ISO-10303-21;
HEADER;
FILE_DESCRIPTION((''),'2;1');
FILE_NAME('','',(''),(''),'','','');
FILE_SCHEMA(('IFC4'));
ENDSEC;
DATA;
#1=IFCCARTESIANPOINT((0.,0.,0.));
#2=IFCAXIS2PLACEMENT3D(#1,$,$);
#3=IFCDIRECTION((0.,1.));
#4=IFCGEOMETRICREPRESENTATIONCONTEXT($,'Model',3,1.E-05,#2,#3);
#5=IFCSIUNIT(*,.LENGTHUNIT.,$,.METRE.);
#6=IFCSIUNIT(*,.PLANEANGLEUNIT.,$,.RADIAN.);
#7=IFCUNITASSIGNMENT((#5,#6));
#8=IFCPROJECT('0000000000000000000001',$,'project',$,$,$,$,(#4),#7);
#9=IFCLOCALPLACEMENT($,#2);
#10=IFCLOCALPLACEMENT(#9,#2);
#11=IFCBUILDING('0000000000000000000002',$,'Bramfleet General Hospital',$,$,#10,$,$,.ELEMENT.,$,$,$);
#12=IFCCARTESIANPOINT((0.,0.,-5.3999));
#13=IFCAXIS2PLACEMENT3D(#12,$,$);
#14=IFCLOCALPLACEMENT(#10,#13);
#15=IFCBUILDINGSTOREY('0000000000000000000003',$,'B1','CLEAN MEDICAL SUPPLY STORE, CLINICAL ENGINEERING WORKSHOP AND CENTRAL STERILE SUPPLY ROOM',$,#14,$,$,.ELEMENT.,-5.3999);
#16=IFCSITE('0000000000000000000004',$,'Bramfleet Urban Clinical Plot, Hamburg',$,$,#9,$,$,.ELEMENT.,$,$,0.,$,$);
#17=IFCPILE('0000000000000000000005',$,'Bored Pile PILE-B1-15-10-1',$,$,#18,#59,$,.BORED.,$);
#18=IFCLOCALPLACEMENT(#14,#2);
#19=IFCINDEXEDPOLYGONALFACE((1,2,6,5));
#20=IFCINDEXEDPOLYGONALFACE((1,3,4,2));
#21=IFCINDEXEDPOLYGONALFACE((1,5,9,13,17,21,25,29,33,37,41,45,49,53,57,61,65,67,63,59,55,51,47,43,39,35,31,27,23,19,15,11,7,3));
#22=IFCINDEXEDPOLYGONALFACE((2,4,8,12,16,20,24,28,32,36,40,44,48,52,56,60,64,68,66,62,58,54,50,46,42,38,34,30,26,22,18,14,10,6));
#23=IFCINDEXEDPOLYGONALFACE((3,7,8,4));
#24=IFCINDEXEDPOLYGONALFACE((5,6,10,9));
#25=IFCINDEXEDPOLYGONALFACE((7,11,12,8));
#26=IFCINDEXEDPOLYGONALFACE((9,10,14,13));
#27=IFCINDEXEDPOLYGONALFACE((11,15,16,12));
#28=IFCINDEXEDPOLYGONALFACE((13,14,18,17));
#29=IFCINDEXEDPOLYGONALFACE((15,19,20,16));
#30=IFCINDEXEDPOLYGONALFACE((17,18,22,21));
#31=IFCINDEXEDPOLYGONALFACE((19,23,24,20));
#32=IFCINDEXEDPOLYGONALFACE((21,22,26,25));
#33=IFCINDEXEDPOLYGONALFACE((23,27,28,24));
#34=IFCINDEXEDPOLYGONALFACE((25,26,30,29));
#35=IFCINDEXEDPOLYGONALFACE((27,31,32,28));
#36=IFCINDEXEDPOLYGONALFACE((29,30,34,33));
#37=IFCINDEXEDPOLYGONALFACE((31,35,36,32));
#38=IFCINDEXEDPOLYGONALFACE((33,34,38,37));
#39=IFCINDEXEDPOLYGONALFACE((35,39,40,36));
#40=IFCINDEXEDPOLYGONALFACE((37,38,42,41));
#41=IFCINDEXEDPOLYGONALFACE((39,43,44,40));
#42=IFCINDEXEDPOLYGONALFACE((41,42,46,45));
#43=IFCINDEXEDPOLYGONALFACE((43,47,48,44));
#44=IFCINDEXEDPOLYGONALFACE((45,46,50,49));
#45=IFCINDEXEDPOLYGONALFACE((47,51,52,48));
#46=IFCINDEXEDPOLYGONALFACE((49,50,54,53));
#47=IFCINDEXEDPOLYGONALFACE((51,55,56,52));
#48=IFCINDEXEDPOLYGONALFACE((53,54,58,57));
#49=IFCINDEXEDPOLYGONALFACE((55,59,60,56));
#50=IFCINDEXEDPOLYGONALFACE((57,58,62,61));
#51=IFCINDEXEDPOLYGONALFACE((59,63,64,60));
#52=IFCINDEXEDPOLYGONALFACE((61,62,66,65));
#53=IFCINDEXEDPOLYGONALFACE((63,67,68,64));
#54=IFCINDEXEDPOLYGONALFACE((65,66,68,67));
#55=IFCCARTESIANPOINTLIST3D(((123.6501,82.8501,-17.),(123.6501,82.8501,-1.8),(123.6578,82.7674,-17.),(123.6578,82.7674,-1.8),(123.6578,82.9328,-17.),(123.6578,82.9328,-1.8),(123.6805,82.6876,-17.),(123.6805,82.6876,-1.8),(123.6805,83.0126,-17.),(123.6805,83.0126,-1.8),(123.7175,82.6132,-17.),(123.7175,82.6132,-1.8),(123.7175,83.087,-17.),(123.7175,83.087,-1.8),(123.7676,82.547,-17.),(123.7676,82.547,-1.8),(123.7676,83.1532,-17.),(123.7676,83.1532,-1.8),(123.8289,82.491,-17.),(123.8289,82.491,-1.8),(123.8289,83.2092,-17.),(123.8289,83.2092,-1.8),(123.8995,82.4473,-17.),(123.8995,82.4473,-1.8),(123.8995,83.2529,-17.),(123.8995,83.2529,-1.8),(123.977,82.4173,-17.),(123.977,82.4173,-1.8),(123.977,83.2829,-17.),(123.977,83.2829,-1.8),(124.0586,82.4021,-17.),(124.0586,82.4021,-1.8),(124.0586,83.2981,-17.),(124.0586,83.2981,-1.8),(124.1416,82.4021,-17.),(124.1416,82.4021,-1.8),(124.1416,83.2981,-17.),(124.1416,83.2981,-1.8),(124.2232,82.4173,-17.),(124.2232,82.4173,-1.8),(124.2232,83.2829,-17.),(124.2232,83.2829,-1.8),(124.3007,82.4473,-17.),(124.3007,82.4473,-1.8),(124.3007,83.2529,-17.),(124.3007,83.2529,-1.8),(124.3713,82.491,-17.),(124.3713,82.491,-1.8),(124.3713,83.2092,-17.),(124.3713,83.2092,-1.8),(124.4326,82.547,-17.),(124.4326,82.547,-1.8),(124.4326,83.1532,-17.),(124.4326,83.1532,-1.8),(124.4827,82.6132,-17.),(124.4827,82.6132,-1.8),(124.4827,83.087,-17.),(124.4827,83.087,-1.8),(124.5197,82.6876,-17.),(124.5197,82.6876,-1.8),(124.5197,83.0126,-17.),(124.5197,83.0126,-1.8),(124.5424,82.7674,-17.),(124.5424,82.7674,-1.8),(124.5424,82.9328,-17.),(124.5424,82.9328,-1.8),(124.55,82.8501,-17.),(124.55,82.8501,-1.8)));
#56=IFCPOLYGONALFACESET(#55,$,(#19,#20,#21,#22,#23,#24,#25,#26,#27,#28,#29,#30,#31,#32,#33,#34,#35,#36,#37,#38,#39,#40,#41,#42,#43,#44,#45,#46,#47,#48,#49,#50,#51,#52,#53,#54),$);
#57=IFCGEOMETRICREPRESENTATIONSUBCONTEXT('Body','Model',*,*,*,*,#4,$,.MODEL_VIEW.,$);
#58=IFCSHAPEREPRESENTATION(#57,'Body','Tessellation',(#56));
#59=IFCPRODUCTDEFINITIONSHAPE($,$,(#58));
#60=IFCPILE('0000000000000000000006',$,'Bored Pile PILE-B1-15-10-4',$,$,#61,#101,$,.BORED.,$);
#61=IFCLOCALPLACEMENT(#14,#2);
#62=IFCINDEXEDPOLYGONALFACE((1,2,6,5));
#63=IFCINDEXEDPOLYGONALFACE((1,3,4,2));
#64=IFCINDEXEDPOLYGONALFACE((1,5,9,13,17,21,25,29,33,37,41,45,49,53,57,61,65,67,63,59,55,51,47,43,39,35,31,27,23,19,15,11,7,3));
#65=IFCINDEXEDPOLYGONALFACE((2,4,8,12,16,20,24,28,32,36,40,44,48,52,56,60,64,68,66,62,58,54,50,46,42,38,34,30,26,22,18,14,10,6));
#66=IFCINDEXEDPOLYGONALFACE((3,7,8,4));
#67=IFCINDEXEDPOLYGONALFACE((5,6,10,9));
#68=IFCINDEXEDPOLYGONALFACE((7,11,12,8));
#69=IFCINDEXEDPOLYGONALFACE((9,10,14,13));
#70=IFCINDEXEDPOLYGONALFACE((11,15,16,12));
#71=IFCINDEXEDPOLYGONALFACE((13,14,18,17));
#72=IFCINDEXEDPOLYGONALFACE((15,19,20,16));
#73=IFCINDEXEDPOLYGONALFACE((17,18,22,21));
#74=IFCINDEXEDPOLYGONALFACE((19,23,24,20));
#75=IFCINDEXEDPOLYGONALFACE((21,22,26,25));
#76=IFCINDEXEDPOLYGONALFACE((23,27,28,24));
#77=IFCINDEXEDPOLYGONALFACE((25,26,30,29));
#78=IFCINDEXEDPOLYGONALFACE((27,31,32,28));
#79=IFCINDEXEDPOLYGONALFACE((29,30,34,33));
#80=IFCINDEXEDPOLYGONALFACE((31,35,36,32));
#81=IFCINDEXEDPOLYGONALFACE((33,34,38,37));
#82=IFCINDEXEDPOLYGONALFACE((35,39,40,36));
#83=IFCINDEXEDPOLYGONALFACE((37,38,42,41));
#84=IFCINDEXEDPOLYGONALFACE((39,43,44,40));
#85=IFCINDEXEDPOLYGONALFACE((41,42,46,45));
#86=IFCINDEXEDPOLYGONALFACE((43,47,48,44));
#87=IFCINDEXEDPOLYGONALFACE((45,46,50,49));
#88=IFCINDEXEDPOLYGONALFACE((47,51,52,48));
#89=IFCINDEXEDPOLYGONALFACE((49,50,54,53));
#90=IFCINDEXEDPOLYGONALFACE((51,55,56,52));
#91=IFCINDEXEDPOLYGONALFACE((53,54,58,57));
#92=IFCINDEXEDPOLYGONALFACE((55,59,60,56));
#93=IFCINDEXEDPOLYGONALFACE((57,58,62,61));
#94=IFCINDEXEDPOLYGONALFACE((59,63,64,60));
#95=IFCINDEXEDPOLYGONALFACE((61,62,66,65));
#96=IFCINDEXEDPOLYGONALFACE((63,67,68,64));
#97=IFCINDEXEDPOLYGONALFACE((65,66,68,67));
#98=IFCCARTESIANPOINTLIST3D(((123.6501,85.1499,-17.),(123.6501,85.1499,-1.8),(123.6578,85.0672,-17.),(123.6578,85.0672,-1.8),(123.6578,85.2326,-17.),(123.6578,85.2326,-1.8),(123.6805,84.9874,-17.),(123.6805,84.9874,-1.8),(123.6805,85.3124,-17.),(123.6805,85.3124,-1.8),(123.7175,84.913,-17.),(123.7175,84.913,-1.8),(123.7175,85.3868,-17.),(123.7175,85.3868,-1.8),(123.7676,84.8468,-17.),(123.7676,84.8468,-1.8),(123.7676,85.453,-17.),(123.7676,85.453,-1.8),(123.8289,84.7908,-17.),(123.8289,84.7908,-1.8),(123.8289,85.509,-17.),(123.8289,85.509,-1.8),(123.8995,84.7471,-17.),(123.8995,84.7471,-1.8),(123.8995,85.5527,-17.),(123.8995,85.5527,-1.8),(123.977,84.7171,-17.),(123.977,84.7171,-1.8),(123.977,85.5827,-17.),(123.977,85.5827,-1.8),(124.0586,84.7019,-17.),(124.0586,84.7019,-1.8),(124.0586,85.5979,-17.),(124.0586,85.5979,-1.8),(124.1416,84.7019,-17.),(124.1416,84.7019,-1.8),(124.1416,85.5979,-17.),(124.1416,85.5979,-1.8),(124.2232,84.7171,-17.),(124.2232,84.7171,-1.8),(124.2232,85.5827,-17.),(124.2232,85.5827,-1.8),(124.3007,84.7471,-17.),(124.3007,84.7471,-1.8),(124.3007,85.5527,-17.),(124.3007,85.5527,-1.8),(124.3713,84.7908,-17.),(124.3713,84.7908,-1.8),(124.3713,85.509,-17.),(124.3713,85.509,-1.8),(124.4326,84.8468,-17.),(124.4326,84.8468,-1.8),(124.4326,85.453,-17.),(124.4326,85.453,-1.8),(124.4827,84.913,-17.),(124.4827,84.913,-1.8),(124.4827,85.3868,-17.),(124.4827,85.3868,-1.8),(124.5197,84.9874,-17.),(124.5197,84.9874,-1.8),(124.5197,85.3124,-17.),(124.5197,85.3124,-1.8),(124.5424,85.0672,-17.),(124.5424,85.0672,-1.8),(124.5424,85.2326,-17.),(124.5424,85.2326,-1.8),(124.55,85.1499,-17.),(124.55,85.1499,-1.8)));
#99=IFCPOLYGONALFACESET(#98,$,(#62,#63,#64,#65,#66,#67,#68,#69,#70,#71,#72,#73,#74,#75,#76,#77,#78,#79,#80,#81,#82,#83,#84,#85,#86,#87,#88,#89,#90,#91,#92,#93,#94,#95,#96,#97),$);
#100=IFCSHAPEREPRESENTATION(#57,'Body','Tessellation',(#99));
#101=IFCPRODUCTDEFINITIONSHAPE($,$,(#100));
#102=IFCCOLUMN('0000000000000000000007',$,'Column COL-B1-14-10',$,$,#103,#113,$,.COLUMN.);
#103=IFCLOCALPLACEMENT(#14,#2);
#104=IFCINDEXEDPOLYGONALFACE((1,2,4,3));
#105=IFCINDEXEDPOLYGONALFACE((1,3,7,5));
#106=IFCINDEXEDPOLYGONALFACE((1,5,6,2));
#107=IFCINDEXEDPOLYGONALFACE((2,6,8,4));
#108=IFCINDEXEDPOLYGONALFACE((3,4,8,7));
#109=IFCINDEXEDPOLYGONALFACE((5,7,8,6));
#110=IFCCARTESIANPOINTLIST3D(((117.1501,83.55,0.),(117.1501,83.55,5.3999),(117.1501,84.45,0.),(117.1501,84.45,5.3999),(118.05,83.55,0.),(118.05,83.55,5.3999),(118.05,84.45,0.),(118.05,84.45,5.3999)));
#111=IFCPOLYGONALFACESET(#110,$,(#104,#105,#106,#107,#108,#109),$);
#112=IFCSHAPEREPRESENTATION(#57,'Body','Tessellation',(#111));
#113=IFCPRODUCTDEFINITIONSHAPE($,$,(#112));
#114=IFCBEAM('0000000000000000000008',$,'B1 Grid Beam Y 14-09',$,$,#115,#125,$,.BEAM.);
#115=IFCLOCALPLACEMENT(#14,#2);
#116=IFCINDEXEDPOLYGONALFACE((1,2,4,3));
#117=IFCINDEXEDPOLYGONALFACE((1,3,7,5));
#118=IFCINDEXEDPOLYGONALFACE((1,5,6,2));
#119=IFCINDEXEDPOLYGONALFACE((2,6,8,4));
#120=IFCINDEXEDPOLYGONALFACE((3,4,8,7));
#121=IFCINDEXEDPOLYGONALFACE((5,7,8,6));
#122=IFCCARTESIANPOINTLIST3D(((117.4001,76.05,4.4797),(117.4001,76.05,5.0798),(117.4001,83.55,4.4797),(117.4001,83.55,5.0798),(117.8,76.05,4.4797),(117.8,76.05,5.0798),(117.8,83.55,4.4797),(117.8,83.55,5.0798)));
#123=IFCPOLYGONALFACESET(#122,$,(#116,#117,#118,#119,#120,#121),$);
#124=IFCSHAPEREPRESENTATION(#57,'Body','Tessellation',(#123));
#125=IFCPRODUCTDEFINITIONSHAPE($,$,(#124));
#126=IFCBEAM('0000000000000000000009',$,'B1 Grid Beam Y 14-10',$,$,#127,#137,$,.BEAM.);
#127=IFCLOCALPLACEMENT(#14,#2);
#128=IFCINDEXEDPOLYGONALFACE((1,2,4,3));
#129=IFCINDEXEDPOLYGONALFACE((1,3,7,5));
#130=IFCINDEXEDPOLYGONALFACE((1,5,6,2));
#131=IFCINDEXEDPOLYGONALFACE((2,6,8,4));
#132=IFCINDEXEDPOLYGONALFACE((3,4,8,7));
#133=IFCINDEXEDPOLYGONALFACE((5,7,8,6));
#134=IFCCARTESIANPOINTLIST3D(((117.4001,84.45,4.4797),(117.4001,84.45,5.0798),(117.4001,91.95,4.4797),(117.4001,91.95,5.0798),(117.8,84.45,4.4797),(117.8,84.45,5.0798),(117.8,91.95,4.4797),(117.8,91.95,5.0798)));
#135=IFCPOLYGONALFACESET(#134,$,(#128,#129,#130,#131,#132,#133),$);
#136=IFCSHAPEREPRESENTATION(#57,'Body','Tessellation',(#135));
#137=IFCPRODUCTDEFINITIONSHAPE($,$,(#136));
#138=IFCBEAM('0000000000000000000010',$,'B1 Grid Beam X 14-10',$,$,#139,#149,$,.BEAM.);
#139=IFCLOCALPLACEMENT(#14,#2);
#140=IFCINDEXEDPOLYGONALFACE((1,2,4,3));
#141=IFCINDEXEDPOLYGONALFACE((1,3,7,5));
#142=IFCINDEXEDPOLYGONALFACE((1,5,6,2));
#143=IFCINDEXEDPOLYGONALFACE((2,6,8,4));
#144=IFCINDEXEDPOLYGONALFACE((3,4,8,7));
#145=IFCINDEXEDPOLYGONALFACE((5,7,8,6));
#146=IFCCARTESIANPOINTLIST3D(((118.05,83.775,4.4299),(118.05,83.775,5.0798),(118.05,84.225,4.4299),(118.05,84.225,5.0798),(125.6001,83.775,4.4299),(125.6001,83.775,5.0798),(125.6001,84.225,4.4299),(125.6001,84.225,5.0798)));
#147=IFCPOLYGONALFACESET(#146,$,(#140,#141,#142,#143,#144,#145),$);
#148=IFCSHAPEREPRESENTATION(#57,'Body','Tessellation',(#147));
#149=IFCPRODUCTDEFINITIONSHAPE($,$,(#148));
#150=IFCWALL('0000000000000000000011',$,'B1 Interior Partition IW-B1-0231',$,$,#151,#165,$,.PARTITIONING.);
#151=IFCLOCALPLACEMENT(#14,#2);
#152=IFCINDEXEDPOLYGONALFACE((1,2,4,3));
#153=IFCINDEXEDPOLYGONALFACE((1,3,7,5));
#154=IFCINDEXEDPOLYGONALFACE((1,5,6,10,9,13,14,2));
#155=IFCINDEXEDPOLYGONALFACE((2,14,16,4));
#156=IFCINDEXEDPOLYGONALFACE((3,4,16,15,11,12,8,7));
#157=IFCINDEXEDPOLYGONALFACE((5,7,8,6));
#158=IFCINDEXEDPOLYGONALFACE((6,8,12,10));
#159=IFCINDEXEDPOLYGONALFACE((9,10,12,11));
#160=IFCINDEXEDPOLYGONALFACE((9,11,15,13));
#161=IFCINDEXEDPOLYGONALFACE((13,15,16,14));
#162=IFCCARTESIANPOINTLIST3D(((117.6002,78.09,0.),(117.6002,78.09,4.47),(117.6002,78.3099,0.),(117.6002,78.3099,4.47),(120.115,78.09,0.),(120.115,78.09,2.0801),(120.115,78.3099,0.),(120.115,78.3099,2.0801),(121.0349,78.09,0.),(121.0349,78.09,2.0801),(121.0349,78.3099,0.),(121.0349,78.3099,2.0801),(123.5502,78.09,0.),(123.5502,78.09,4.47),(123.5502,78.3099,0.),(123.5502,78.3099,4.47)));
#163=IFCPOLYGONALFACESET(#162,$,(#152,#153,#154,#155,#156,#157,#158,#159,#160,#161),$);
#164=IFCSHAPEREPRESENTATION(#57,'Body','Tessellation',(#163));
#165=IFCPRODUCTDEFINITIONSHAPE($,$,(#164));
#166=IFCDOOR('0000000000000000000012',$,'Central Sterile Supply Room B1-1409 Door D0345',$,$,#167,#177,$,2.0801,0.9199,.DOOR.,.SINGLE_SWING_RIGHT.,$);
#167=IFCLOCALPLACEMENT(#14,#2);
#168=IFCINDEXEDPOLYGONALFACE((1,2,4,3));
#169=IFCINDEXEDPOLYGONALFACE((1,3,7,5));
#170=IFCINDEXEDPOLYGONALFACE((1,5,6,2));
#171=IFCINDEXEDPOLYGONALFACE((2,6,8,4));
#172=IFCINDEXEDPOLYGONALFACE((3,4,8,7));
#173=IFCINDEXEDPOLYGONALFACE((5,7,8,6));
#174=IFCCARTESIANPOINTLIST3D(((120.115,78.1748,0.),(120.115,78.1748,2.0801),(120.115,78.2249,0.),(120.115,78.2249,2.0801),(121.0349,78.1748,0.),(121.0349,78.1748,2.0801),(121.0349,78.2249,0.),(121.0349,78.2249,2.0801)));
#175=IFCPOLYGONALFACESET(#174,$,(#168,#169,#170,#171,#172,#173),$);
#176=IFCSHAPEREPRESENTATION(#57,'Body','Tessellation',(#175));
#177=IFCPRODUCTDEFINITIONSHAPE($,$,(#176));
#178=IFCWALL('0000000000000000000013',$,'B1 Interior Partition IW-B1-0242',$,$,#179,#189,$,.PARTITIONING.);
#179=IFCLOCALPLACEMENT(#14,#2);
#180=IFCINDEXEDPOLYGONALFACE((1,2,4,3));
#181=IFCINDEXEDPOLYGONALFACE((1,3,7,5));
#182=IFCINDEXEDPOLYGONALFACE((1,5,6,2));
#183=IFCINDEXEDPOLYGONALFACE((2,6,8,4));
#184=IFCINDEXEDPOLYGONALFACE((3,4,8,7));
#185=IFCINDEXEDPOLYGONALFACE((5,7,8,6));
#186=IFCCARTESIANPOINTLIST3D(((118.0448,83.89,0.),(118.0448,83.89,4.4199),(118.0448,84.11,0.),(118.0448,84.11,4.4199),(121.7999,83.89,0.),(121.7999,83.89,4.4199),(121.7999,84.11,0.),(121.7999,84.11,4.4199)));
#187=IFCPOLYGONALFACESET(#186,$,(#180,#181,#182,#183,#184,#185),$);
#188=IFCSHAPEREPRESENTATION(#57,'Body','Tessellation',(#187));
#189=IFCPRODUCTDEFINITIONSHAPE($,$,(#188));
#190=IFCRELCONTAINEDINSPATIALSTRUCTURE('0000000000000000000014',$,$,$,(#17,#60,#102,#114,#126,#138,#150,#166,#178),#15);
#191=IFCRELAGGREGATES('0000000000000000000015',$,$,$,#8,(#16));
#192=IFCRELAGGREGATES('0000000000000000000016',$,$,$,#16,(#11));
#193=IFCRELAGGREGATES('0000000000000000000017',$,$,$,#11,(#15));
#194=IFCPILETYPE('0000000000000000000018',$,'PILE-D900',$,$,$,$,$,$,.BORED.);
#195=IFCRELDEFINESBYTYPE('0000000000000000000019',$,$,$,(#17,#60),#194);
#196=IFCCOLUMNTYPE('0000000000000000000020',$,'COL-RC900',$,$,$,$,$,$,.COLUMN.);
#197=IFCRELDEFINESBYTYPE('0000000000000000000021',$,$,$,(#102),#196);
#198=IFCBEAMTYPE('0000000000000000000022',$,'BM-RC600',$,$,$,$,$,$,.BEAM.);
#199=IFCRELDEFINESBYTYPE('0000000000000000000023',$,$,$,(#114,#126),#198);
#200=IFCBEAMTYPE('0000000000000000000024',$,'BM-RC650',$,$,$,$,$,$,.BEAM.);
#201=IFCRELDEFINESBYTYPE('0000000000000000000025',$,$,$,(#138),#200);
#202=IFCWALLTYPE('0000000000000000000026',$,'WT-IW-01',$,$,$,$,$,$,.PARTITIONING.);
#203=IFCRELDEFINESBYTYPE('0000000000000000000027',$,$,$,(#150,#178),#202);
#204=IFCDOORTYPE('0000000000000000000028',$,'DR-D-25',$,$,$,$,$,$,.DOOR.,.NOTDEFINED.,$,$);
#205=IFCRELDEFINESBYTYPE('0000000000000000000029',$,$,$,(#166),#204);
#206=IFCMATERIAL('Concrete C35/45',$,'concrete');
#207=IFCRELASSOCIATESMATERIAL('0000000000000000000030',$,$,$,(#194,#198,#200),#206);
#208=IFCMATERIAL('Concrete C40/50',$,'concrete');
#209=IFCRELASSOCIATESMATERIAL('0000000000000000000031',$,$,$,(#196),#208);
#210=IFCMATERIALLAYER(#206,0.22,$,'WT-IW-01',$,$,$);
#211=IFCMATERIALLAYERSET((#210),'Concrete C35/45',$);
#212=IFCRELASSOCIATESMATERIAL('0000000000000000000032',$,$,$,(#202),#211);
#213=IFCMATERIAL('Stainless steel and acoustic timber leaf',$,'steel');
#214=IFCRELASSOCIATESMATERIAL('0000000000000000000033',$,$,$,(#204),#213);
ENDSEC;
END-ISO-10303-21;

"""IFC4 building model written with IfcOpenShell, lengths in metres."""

from ifc_helpers import new_model, si_unit, direction, frame, frame_2d, origin, origin_2d, place, context, subcontext, project, spatial, rectangle, circle, extrude, material, layer, layer_set, material_profile, profile_set, type_object, element, fill, save


model = new_model("IFC4")

# Units and contexts
model_context = context("Model", 3, precision=1e-05, world=origin(), true_north=direction((0.0, 1.0)))
body_context = subcontext(model_context, "Body", "Model", "MODEL_VIEW")
ifc_project = project(units=[si_unit("LENGTHUNIT", "METRE"), si_unit("PLANEANGLEUNIT", "RADIAN")], contexts=[model_context])

# Site, building, storey
site_placement = place(None, origin())
site = spatial("IfcSite", under=ifc_project, at=site_placement, Name="Bramfleet Urban Clinical Plot, Hamburg", CompositionType="ELEMENT", RefElevation=0.0)
building_placement = place(site_placement, origin())
building = spatial("IfcBuilding", under=site, at=building_placement, Name="Bramfleet General Hospital", CompositionType="ELEMENT")
storey_placement = place(building_placement, frame((0.0, 0.0, -5.3999)))
storey = spatial("IfcBuildingStorey", under=building, at=storey_placement, Name="B1", Description="CLEAN MEDICAL SUPPLY STORE, CLINICAL ENGINEERING WORKSHOP AND CENTRAL STERILE SUPPLY ROOM", CompositionType="ELEMENT", Elevation=-5.3999)

# Shared definitions
ifc_material_1 = material(Name="Concrete C35/45", Category="concrete")

# Piles
ifc_material_profile_1 = material_profile(ifc_material_1, circle(Radius=0.45, at=origin_2d()), Name="PILE BORED D900")
ifc_profile_set_1 = profile_set([ifc_material_profile_1], Name="Concrete C35/45")
pile_type_1 = type_object("IfcPileType", Name="PILE-D900", PredefinedType="BORED", material=ifc_profile_set_1)
for number, where, z_axis, x_axis, name in (
    (1, (124.1001, 82.8501, -1.8), (0.0, 0.0, -1.0), (1.0, 0.0, 0.0), "Bored Pile PILE-B1-15-10-1"),
    (2, (124.1001, 85.1499, -1.8), (0.0, 0.0, -1.0), (1.0, 0.0, 0.0), "Bored Pile PILE-B1-15-10-4"),
):
    element("IfcPile", number, at=place(storey_placement, frame(where, z_axis=z_axis, x_axis=x_axis)), inside=storey, type_object=pile_type_1, Name=name, PredefinedType="BORED", context=body_context, shape_type="SweptSolid", body=[
        extrude(circle(Radius=0.45, at=origin_2d()), origin(), (0.0, 0.0, 1.0), 15.2),
    ])

# Column
ifc_material_2 = material(Name="Concrete C40/50", Category="concrete")
ifc_material_profile_2 = material_profile(ifc_material_2, rectangle(XDim=0.8999, YDim=0.8999, at=origin_2d()), Name="RC COL 900x900")
ifc_profile_set_2 = profile_set([ifc_material_profile_2], Name="Concrete C40/50")
column_type = type_object("IfcColumnType", Name="COL-RC900", PredefinedType="COLUMN", material=ifc_profile_set_2)
column_placement = place(storey_placement, frame((117.6001, 84.0, 0.0), z_axis=(0.0, 0.0, 1.0), x_axis=(1.0, 0.0, 0.0)))
element("IfcColumn", 3, at=column_placement, inside=storey, type_object=column_type, Name="Column COL-B1-14-10", PredefinedType="COLUMN", context=body_context, shape_type="SweptSolid", body=[
    extrude(rectangle(XDim=0.8999, YDim=0.8999, at=origin_2d()), origin(), (0.0, 0.0, 1.0), 5.3999),
])

# Beams
ifc_material_profile_3 = material_profile(ifc_material_1, rectangle(XDim=0.3999, YDim=0.6001, at=origin_2d()), Name="RC BM 600x400")
ifc_profile_set_3 = profile_set([ifc_material_profile_3], Name="Concrete C35/45")
beam_type_1 = type_object("IfcBeamType", Name="BM-RC600", PredefinedType="BEAM", material=ifc_profile_set_3)
for number, where, z_axis, x_axis, name in (
    (4, (117.6001, 76.05, 4.7798), (0.0, 1.0, 0.0), (-1.0, 0.0, 0.0), "B1 Grid Beam Y 14-09"),
    (5, (117.6001, 84.45, 4.7798), (0.0, 1.0, 0.0), (-1.0, 0.0, 0.0), "B1 Grid Beam Y 14-10"),
):
    element("IfcBeam", number, at=place(storey_placement, frame(where, z_axis=z_axis, x_axis=x_axis)), inside=storey, type_object=beam_type_1, Name=name, PredefinedType="BEAM", context=body_context, shape_type="SweptSolid", body=[
        extrude(rectangle(XDim=0.3999, YDim=0.6001, at=origin_2d()), origin(), (0.0, 0.0, 1.0), 7.5),
    ])
ifc_material_profile_4 = material_profile(ifc_material_1, rectangle(XDim=0.45, YDim=0.6499, at=origin_2d()), Name="RC BM 650x450")
ifc_profile_set_4 = profile_set([ifc_material_profile_4], Name="Concrete C35/45")
beam_type_2 = type_object("IfcBeamType", Name="BM-RC650", PredefinedType="BEAM", material=ifc_profile_set_4)
beam_placement = place(storey_placement, frame((118.05, 84.0, 4.7549), z_axis=(1.0, 0.0, 0.0), x_axis=(0.0, 1.0, 0.0)))
element("IfcBeam", 6, at=beam_placement, inside=storey, type_object=beam_type_2, Name="B1 Grid Beam X 14-10", PredefinedType="BEAM", context=body_context, shape_type="SweptSolid", body=[
    extrude(rectangle(XDim=0.45, YDim=0.6499, at=origin_2d()), origin(), (0.0, 0.0, 1.0), 7.55),
])

# Wall, opening, door
ifc_layer_1 = layer(ifc_material_1, 0.22, Name="WT-IW-01")
ifc_layer_set_1 = layer_set([ifc_layer_1], Name="Concrete C35/45")
wall_type_1 = type_object("IfcWallType", Name="WT-IW-01", PredefinedType="PARTITIONING", material=ifc_layer_set_1)
wall_1_placement = place(storey_placement, frame((117.6001, 78.2, 0.0), z_axis=(0.0, 0.0, 1.0), x_axis=(1.0, 0.0, 0.0)))
wall_1 = element("IfcWall", 7, at=wall_1_placement, inside=storey, type_object=wall_type_1, Name="B1 Interior Partition IW-B1-0231", PredefinedType="PARTITIONING", context=body_context, shape_type="SweptSolid", body=[
    extrude(rectangle(XDim=5.95, YDim=0.22, at=frame_2d((2.9751, 0.0))), origin(), (0.0, 0.0, 1.0), 4.47),
])
opening_1_placement = place(wall_1_placement, frame((2.5149, 0.0, 0.0)))
opening_1 = element("IfcOpeningElement", 8, at=opening_1_placement, cuts=wall_1, PredefinedType="OPENING", context=body_context, shape_type="SweptSolid", body=[
    extrude(rectangle(XDim=0.9199, YDim=2.0801, at=frame_2d((0.46, 1.04))), frame((0.0, 0.1199, 0.0), z_axis=(0.0, -1.0, 0.0), x_axis=(1.0, 0.0, 0.0)), (0.0, 0.0, 1.0), 0.24),
])
ifc_material_3 = material(Name="Stainless steel and acoustic timber leaf", Category="steel")
door_type_1 = type_object("IfcDoorType", Name="DR-D-25", OperationType="NOTDEFINED", PredefinedType="DOOR", material=ifc_material_3)
door_1_placement = place(opening_1_placement, origin())
door_1 = element("IfcDoor", 9, at=door_1_placement, inside=storey, type_object=door_type_1, Name="Central Sterile Supply Room B1-1409 Door D0345", OperationType="SINGLE_SWING_RIGHT", OverallHeight=2.0801, OverallWidth=0.9199, PredefinedType="DOOR", context=body_context, shape_type="SweptSolid", body=[
    extrude(rectangle(XDim=0.9199, YDim=2.0801, at=frame_2d((0.46, 1.04))), frame((0.0, 0.0249, 0.0), z_axis=(0.0, -1.0, 0.0), x_axis=(1.0, 0.0, 0.0)), (0.0, 0.0, 1.0), 0.05),
])
fill(opening_1, door_1)

# Wall
wall_2_placement = place(storey_placement, frame((118.0449, 84.0, 0.0), z_axis=(0.0, 0.0, 1.0), x_axis=(1.0, 0.0, 0.0)))
element("IfcWall", 10, at=wall_2_placement, inside=storey, type_object=wall_type_1, Name="B1 Interior Partition IW-B1-0242", PredefinedType="PARTITIONING", context=body_context, shape_type="SweptSolid", body=[
    extrude(rectangle(XDim=3.7551, YDim=0.22, at=frame_2d((1.8774, 0.0))), origin(), (0.0, 0.0, 1.0), 4.4199),
])

save(model, "model.ifc")
